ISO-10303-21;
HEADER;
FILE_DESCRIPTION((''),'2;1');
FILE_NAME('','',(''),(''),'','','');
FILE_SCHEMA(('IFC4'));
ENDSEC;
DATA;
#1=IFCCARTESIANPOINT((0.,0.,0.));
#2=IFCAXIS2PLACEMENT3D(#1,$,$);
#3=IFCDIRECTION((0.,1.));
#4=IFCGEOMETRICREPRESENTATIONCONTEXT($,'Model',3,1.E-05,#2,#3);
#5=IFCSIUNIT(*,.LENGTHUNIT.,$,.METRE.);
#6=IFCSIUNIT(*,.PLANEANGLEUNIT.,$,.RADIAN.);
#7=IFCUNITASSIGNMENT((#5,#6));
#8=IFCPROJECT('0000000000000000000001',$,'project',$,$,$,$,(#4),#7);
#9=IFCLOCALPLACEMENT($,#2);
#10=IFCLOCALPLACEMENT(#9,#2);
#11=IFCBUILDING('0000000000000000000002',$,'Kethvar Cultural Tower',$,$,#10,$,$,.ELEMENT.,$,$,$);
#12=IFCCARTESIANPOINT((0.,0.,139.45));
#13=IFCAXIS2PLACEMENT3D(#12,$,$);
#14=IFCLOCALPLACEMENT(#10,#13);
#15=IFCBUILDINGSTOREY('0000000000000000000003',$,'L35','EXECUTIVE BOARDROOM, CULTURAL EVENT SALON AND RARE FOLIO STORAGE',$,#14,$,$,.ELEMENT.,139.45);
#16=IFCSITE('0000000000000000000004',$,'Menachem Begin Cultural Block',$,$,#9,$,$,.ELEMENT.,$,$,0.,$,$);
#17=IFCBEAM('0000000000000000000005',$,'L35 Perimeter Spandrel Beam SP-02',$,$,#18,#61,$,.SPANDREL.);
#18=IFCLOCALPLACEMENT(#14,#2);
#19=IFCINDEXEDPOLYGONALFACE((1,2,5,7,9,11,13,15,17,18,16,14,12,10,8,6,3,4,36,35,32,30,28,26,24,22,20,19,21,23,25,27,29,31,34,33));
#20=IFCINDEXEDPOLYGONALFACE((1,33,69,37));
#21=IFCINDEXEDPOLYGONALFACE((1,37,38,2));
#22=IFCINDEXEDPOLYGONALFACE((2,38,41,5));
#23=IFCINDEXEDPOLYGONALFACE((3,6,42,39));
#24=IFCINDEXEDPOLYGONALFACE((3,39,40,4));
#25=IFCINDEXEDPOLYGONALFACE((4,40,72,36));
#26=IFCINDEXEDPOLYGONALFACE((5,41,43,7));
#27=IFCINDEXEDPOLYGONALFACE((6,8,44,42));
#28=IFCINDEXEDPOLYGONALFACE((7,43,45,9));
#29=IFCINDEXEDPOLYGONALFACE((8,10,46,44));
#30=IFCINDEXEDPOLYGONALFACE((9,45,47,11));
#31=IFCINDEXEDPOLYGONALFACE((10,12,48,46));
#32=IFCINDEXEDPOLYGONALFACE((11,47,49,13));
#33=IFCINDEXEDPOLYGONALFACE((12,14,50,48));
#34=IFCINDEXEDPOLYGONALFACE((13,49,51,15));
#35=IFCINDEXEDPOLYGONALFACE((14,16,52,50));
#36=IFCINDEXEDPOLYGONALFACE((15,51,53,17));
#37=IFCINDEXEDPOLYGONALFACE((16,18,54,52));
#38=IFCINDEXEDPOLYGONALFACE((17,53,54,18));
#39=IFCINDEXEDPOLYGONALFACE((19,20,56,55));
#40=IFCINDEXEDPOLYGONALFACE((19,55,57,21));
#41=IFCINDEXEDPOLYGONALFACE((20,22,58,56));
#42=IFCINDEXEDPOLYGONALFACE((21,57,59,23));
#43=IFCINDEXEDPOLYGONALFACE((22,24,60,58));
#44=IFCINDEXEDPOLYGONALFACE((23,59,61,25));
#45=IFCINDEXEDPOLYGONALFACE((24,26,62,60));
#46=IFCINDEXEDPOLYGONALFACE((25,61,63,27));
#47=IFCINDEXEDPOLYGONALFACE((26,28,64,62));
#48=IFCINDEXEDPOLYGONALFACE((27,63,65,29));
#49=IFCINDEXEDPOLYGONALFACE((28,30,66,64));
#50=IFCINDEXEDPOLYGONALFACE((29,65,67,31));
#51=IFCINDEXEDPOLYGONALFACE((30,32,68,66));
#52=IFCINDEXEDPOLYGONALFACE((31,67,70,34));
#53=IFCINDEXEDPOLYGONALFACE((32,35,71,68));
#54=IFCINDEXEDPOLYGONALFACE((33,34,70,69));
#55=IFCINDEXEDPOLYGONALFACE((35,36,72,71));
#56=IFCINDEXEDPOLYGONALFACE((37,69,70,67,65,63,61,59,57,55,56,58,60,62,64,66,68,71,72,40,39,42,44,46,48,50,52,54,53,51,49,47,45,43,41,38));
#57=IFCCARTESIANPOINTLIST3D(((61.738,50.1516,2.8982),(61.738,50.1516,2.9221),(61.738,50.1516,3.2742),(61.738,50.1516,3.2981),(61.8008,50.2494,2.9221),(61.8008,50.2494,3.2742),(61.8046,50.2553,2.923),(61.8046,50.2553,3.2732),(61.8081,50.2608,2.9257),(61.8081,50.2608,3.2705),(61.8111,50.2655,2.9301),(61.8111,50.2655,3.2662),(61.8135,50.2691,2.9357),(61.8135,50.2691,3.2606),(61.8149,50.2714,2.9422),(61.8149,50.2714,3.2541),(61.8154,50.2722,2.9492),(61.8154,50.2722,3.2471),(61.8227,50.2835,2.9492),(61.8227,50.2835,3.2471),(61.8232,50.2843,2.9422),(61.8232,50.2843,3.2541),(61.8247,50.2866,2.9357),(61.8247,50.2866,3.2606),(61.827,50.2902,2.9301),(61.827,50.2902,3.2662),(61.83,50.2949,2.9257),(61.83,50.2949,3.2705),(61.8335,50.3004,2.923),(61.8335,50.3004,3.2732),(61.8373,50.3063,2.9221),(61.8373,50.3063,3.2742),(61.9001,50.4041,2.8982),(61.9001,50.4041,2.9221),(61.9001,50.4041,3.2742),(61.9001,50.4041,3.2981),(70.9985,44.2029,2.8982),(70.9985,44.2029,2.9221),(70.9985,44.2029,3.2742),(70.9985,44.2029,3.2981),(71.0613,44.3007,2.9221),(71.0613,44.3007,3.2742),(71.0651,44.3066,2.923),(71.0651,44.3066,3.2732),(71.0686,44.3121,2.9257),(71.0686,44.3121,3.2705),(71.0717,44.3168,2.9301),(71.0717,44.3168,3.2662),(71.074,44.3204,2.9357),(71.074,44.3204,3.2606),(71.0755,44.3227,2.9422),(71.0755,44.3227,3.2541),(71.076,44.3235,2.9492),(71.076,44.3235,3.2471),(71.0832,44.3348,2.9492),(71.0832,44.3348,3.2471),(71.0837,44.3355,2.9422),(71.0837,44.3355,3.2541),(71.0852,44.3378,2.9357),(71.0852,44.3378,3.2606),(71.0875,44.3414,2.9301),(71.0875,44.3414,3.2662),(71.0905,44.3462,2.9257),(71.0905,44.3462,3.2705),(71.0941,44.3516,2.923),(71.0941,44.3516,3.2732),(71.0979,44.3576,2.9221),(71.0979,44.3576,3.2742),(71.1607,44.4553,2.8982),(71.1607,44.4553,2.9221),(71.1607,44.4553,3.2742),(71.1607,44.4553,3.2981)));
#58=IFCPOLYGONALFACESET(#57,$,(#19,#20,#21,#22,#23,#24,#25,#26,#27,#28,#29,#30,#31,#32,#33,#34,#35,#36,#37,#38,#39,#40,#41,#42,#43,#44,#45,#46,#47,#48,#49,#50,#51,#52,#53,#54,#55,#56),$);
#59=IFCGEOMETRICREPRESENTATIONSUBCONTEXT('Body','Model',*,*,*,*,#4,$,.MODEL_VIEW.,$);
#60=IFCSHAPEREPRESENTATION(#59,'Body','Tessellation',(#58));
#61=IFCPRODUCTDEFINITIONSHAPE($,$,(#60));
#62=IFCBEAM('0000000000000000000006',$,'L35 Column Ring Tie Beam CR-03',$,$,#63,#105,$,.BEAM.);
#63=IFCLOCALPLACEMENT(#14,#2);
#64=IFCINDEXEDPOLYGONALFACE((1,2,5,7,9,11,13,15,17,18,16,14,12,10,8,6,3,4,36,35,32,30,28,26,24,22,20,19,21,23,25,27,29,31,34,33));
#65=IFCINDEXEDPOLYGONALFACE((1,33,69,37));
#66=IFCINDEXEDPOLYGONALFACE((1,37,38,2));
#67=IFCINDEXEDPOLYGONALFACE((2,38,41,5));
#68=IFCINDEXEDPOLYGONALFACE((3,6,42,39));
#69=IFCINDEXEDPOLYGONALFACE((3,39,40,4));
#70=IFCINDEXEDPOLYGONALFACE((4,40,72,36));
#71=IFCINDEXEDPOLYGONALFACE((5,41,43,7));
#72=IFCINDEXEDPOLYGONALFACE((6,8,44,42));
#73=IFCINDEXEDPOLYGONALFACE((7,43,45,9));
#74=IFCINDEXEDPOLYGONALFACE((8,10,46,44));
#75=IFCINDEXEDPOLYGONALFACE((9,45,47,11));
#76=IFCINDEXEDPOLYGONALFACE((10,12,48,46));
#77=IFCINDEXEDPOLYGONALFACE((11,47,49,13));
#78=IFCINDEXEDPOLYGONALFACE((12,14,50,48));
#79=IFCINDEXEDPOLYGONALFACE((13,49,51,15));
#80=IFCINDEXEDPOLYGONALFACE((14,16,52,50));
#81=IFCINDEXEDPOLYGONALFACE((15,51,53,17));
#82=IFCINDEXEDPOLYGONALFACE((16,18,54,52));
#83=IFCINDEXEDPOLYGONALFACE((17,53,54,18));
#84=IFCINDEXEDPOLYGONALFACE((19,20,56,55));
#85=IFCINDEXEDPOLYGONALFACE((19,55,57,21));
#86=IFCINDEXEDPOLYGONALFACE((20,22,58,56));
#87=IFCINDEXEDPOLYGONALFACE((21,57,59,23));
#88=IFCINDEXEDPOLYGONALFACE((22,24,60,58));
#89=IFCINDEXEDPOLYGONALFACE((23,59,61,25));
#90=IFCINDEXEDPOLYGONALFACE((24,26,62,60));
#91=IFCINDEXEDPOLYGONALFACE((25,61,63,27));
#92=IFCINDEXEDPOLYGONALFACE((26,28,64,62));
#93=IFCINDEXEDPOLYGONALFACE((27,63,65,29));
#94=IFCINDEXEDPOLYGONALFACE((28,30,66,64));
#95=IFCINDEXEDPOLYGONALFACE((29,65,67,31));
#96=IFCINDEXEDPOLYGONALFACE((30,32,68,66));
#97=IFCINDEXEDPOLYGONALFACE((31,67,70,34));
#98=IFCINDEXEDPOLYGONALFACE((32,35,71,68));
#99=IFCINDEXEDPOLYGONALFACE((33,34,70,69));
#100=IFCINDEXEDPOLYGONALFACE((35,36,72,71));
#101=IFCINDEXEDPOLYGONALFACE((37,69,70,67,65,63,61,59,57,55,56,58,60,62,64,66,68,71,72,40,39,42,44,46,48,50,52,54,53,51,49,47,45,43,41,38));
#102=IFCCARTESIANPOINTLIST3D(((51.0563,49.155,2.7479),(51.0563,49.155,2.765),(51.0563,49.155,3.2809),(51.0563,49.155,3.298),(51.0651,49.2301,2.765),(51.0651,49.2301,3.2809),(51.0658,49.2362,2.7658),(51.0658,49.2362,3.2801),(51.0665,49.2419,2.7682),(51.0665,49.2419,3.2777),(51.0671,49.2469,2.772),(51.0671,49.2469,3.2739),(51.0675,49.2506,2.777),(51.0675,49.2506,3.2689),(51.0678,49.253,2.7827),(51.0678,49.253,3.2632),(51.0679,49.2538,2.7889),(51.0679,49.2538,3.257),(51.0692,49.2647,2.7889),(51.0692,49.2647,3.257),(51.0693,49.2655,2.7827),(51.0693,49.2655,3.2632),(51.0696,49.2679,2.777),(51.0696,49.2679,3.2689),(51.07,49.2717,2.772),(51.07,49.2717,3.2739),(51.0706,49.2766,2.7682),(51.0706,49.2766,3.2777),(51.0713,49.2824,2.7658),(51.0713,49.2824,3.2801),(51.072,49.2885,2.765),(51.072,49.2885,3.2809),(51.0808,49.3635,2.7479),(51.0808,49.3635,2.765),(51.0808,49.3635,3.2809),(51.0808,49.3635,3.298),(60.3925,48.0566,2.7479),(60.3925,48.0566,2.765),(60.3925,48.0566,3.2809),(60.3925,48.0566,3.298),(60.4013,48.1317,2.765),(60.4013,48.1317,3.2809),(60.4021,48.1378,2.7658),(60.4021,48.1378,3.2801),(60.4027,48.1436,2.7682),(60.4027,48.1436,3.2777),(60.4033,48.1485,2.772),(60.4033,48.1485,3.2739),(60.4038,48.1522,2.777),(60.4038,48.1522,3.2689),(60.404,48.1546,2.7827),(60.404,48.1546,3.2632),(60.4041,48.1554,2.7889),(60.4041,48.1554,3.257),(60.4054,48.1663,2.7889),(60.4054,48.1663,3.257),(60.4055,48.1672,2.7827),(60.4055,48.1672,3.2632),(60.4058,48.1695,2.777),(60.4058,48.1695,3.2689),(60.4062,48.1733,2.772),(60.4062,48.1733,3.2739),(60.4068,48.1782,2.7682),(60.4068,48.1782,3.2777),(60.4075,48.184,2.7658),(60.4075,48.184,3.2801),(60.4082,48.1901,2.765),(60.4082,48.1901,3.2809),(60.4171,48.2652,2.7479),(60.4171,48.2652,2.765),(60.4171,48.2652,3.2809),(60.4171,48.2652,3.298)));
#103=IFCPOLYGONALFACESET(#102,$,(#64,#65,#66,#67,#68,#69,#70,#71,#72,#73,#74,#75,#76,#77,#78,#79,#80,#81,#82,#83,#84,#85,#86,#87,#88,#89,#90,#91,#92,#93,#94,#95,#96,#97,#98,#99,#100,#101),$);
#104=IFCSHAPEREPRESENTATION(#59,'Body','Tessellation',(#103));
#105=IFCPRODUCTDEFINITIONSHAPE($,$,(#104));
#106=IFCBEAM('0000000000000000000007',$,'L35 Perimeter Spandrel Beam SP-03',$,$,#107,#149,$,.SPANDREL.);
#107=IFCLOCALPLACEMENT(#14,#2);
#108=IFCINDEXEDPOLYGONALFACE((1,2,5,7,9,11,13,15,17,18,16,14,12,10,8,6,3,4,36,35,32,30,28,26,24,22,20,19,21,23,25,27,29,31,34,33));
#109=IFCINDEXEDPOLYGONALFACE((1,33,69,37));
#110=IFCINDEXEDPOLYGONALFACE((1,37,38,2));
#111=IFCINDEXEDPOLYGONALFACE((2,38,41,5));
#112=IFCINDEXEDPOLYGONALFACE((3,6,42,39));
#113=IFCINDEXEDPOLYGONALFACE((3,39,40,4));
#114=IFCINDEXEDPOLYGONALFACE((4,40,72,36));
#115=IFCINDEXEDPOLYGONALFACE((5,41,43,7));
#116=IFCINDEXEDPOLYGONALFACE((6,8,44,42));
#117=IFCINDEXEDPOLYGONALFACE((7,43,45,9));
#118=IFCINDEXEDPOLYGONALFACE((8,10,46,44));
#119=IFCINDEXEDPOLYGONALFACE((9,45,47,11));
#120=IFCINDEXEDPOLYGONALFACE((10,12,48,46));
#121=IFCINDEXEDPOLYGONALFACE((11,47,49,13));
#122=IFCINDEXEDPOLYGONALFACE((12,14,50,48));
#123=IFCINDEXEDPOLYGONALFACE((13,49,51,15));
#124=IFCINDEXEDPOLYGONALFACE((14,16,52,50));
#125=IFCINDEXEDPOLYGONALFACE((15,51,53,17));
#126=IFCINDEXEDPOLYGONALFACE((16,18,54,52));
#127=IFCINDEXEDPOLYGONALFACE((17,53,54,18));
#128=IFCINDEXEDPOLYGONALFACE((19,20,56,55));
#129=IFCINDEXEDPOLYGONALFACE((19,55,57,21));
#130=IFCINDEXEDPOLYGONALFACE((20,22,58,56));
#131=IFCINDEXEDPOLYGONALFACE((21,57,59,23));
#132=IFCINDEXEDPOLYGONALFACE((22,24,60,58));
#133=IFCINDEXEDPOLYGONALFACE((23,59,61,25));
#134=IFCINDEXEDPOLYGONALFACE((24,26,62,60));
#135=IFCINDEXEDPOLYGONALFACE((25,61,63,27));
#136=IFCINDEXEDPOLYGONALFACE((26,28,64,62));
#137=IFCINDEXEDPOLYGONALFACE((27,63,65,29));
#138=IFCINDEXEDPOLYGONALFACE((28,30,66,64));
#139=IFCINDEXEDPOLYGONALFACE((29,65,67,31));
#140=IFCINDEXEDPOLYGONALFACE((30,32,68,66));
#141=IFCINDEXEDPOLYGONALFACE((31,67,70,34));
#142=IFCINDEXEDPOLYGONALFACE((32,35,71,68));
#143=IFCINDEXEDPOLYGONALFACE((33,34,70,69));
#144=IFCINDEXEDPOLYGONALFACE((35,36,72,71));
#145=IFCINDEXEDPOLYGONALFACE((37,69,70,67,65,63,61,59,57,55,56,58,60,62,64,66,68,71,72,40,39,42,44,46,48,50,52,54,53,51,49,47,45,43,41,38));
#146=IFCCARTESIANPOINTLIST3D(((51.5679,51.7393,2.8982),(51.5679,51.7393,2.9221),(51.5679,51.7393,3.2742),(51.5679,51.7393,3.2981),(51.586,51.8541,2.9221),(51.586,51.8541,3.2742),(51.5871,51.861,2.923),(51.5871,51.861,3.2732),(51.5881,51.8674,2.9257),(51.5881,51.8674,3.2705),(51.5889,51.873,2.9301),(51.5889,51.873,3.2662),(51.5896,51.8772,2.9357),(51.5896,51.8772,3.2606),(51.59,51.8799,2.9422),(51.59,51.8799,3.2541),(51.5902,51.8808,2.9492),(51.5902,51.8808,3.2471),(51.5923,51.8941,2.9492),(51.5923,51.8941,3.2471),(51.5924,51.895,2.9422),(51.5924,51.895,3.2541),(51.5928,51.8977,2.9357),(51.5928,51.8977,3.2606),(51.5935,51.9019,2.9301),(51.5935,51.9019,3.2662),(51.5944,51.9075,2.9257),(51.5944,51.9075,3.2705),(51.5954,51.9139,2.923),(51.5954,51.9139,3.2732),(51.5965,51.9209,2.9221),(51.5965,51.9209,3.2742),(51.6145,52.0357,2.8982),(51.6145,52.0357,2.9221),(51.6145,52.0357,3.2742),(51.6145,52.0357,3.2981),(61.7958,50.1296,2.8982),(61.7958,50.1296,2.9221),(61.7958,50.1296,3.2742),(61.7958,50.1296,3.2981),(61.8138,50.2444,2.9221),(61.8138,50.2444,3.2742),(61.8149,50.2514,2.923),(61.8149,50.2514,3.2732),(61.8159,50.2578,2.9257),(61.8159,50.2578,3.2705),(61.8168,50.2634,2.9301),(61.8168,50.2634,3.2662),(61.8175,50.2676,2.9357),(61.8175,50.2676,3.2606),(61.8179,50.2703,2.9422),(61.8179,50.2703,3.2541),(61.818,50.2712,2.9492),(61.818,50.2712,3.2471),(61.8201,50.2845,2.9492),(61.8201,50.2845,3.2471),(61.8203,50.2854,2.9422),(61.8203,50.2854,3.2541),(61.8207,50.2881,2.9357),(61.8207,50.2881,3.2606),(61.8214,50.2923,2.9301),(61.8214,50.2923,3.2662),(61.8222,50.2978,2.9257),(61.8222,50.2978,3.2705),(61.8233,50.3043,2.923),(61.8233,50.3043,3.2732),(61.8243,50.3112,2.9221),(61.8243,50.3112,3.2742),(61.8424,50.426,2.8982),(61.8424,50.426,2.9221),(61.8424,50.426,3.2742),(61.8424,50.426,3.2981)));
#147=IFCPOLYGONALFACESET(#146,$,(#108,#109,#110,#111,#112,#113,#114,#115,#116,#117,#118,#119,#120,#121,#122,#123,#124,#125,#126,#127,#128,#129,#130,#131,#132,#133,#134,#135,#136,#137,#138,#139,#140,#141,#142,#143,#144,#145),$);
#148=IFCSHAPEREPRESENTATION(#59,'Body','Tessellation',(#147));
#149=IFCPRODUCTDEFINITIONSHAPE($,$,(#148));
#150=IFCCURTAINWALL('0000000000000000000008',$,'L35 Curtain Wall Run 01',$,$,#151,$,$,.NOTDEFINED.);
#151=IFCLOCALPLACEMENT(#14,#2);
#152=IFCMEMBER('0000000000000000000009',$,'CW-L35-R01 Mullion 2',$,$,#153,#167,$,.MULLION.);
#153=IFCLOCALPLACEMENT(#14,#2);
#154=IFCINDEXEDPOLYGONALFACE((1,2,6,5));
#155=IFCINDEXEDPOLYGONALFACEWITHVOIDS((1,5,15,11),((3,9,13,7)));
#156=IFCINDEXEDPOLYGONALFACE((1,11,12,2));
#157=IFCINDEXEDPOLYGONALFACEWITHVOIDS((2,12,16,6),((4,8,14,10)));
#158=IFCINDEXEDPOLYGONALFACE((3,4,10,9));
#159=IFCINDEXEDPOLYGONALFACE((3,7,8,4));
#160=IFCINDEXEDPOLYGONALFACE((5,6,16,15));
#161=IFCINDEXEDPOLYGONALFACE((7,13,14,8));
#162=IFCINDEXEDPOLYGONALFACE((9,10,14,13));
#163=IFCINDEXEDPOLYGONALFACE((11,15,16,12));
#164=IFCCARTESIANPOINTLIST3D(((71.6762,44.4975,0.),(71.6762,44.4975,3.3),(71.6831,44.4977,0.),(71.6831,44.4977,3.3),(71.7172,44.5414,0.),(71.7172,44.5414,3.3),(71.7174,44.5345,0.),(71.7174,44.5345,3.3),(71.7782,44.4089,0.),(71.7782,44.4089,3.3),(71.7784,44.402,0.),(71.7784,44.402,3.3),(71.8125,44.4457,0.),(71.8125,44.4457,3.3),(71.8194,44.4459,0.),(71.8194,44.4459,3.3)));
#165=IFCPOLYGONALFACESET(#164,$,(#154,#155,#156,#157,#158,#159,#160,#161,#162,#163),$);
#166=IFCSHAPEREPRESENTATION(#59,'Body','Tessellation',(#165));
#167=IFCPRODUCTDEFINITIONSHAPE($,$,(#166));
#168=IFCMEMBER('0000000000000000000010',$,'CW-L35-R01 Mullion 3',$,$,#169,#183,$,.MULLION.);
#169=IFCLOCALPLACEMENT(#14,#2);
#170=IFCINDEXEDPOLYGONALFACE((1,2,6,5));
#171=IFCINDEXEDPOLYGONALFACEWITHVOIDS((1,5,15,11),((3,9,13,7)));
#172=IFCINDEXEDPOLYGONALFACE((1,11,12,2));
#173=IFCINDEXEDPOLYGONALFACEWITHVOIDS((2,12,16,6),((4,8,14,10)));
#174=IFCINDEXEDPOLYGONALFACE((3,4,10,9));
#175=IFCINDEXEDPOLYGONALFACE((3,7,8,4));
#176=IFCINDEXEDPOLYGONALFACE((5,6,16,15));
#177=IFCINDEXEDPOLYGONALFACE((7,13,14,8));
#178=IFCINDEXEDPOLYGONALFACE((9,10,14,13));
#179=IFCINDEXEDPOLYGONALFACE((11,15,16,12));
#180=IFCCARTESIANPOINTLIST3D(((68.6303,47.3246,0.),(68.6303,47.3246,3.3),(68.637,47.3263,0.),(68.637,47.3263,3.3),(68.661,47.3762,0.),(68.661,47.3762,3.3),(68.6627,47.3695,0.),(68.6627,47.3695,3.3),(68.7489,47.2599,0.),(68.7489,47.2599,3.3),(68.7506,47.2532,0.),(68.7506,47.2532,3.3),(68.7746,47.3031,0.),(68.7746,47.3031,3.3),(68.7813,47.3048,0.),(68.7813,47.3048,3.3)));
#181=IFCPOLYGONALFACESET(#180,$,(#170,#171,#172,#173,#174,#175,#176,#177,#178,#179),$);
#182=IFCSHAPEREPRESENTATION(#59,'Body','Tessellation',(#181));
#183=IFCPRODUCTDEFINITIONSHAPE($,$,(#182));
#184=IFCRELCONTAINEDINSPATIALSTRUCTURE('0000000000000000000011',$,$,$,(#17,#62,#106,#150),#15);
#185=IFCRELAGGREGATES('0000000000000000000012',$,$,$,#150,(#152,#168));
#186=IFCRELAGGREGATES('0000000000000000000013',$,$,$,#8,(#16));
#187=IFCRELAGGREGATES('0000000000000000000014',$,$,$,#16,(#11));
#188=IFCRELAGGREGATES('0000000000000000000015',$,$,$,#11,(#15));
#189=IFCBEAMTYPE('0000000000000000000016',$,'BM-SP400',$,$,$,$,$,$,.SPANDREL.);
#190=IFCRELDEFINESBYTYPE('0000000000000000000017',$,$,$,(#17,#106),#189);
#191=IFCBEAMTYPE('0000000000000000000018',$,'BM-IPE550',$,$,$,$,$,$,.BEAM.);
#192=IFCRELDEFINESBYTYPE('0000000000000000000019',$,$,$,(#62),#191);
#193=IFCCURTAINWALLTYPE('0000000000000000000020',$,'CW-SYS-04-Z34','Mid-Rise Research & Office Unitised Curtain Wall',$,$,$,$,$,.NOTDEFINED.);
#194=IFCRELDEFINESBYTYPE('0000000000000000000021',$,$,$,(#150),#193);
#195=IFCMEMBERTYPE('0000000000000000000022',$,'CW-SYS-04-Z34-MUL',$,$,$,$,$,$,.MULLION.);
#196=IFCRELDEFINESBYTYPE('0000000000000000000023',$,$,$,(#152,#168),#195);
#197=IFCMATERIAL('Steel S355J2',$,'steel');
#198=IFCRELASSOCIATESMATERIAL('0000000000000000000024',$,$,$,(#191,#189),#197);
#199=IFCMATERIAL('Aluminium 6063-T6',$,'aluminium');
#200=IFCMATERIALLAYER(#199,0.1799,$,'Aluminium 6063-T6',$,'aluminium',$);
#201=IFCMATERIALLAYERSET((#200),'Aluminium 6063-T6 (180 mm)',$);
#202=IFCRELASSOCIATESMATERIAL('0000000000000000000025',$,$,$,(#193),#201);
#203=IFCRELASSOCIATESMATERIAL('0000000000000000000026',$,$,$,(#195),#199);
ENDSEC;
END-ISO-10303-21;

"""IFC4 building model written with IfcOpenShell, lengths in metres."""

from ifc_helpers import new_model, si_unit, direction, frame, origin, origin_2d, place, context, subcontext, project, spatial, hollow_rectangle, i_section, extrude, source, transform, mapped, material, layer, layer_set, material_profile, profile_set, type_object, element, aggregate, save


model = new_model("IFC4")

# Units and contexts
model_context = context("Model", 3, precision=1e-05, world=origin(), true_north=direction((0.0, 1.0)))
body_context = subcontext(model_context, "Body", "Model", "MODEL_VIEW")
ifc_project = project(units=[si_unit("LENGTHUNIT", "METRE"), si_unit("PLANEANGLEUNIT", "RADIAN")], contexts=[model_context])

# Site, building, storey
site_placement = place(None, origin())
site = spatial("IfcSite", under=ifc_project, at=site_placement, Name="Menachem Begin Cultural Block", CompositionType="ELEMENT", RefElevation=0.0)
building_placement = place(site_placement, origin())
building = spatial("IfcBuilding", under=site, at=building_placement, Name="Kethvar Cultural Tower", CompositionType="ELEMENT")
storey_placement = place(building_placement, frame((0.0, 0.0, 139.45)))
storey = spatial("IfcBuildingStorey", under=building, at=storey_placement, Name="L35", Description="EXECUTIVE BOARDROOM, CULTURAL EVENT SALON AND RARE FOLIO STORAGE", CompositionType="ELEMENT", Elevation=139.45)

# Beams
ifc_material_1 = material(Name="Steel S355J2", Category="steel")
ifc_material_profile_1 = material_profile(ifc_material_1, i_section(OverallWidth=0.21, OverallDepth=0.55, WebThickness=0.011, FlangeThickness=0.0171, FilletRadius=0.0239, at=origin_2d()), Name="Steel S355J2 — IPE550")
ifc_profile_set_1 = profile_set([ifc_material_profile_1], Name="Steel S355J2 — IPE550")
beam_type_1 = type_object("IfcBeamType", Name="BM-IPE550", PredefinedType="BEAM", material=ifc_profile_set_1)
ifc_material_profile_2 = material_profile(ifc_material_1, i_section(OverallWidth=0.3, OverallDepth=0.3999, WebThickness=0.0134, FlangeThickness=0.0239, FilletRadius=0.0271, at=origin_2d()), Name="Steel S355J2 — HEB400")
ifc_profile_set_2 = profile_set([ifc_material_profile_2], Name="Steel S355J2 — HEB400")
beam_type_2 = type_object("IfcBeamType", Name="BM-SP400", PredefinedType="SPANDREL", material=ifc_profile_set_2)
shared_shape_1 = source(origin(), body_context, "Body", "SweptSolid", [
    extrude(i_section(OverallWidth=0.3, OverallDepth=0.3999, WebThickness=0.0134, FlangeThickness=0.0239, FilletRadius=0.0271, at=origin_2d()), origin(), (0.0, 0.0, 1.0), 11.0066),
])
beam_1_placement = place(storey_placement, frame((71.0796, 44.3291, 3.0981), z_axis=(-0.841362, 0.540472, 0.0), x_axis=(-0.540472, -0.841362, 0.0)))
element("IfcBeam", 1, at=beam_1_placement, inside=storey, type_object=beam_type_2, Name="L35 Perimeter Spandrel Beam SP-02", PredefinedType="SPANDREL", context=body_context, shape_type="MappedRepresentation", body=[
    mapped(shared_shape_1, transform((0.0, 0.0, 0.0), scale=1.0)),
])
shared_shape_2 = source(origin(), body_context, "Body", "SweptSolid", [
    extrude(i_section(OverallWidth=0.21, OverallDepth=0.55, WebThickness=0.011, FlangeThickness=0.0171, FilletRadius=0.0239, at=origin_2d()), origin(), (0.0, 0.0, 1.0), 9.4006),
])
beam_2_placement = place(storey_placement, frame((60.4048, 48.1609, 3.0229), z_axis=(-0.99315, 0.116843, 0.0), x_axis=(-0.116843, -0.99315, 0.0)))
element("IfcBeam", 2, at=beam_2_placement, inside=storey, type_object=beam_type_1, Name="L35 Column Ring Tie Beam CR-03", PredefinedType="BEAM", context=body_context, shape_type="MappedRepresentation", body=[
    mapped(shared_shape_2, transform((0.0, 0.0, 0.0), scale=1.0)),
])
shared_shape_3 = source(origin(), body_context, "Body", "SweptSolid", [
    extrude(i_section(OverallWidth=0.3, OverallDepth=0.3999, WebThickness=0.0134, FlangeThickness=0.0239, FilletRadius=0.0271, at=origin_2d()), origin(), (0.0, 0.0, 1.0), 10.3538),
])
beam_3_placement = place(storey_placement, frame((61.8191, 50.2778, 3.0981), z_axis=(-0.987842, 0.155464, 0.0), x_axis=(-0.155464, -0.987842, 0.0)))
element("IfcBeam", 3, at=beam_3_placement, inside=storey, type_object=beam_type_2, Name="L35 Perimeter Spandrel Beam SP-03", PredefinedType="SPANDREL", context=body_context, shape_type="MappedRepresentation", body=[
    mapped(shared_shape_3, transform((0.0, 0.0, 0.0), scale=1.0)),
])

# Curtain wall, members
ifc_material_2 = material(Name="Aluminium 6063-T6", Category="aluminium")
ifc_layer_1 = layer(ifc_material_2, 0.1799, Name="Aluminium 6063-T6", Category="aluminium")
ifc_layer_set_1 = layer_set([ifc_layer_1], Name="Aluminium 6063-T6 (180 mm)")
curtain_wall_type = type_object("IfcCurtainWallType", Name="CW-SYS-04-Z34", Description="Mid-Rise Research & Office Unitised Curtain Wall", PredefinedType="NOTDEFINED", material=ifc_layer_set_1)
curtain_wall_placement = place(storey_placement, origin())
curtain_wall = element("IfcCurtainWall", 4, at=curtain_wall_placement, inside=storey, type_object=curtain_wall_type, Name="L35 Curtain Wall Run 01", PredefinedType="NOTDEFINED")
ifc_material_profile_3 = material_profile(ifc_material_2, hollow_rectangle(XDim=0.0601, YDim=0.1399, WallThickness=0.0049, at=origin_2d()), Name="Aluminium 6063-T6 — RHS140x60x5")
ifc_profile_set_3 = profile_set([ifc_material_profile_3], Name="Aluminium 6063-T6 — RHS140x60x5")
member_type_1 = type_object("IfcMemberType", Name="CW-SYS-04-Z34-MUL", PredefinedType="MULLION", material=ifc_profile_set_3)
shared_shape_4 = source(origin(), body_context, "Body", "SweptSolid", [
    extrude(hollow_rectangle(XDim=0.0601, YDim=0.1399, WallThickness=0.0049, at=origin_2d()), origin(), (0.0, 0.0, 1.0), 3.3),
])
member_1_placement = place(storey_placement, frame((71.7478, 44.4717, 0.0), z_axis=(0.0, 0.0, 1.0), x_axis=(-0.682368, -0.731008, 0.0)))
member_1 = element("IfcMember", 5, at=member_1_placement, type_object=member_type_1, Name="CW-L35-R01 Mullion 2", PredefinedType="MULLION", context=body_context, shape_type="MappedRepresentation", body=[
    mapped(shared_shape_4, transform((0.0, 0.0, 0.0), scale=1.0)),
])
member_2_placement = place(storey_placement, frame((68.7058, 47.3147, 0.0), z_axis=(0.0, 0.0, 1.0), x_axis=(-0.510228, -0.860039, 0.0)))
member_2 = element("IfcMember", 6, at=member_2_placement, type_object=member_type_1, Name="CW-L35-R01 Mullion 3", PredefinedType="MULLION", context=body_context, shape_type="MappedRepresentation", body=[
    mapped(shared_shape_4, transform((0.0, 0.0, 0.0), scale=1.0)),
])
aggregate(curtain_wall, [member_1, member_2])

save(model, "model.ifc")
